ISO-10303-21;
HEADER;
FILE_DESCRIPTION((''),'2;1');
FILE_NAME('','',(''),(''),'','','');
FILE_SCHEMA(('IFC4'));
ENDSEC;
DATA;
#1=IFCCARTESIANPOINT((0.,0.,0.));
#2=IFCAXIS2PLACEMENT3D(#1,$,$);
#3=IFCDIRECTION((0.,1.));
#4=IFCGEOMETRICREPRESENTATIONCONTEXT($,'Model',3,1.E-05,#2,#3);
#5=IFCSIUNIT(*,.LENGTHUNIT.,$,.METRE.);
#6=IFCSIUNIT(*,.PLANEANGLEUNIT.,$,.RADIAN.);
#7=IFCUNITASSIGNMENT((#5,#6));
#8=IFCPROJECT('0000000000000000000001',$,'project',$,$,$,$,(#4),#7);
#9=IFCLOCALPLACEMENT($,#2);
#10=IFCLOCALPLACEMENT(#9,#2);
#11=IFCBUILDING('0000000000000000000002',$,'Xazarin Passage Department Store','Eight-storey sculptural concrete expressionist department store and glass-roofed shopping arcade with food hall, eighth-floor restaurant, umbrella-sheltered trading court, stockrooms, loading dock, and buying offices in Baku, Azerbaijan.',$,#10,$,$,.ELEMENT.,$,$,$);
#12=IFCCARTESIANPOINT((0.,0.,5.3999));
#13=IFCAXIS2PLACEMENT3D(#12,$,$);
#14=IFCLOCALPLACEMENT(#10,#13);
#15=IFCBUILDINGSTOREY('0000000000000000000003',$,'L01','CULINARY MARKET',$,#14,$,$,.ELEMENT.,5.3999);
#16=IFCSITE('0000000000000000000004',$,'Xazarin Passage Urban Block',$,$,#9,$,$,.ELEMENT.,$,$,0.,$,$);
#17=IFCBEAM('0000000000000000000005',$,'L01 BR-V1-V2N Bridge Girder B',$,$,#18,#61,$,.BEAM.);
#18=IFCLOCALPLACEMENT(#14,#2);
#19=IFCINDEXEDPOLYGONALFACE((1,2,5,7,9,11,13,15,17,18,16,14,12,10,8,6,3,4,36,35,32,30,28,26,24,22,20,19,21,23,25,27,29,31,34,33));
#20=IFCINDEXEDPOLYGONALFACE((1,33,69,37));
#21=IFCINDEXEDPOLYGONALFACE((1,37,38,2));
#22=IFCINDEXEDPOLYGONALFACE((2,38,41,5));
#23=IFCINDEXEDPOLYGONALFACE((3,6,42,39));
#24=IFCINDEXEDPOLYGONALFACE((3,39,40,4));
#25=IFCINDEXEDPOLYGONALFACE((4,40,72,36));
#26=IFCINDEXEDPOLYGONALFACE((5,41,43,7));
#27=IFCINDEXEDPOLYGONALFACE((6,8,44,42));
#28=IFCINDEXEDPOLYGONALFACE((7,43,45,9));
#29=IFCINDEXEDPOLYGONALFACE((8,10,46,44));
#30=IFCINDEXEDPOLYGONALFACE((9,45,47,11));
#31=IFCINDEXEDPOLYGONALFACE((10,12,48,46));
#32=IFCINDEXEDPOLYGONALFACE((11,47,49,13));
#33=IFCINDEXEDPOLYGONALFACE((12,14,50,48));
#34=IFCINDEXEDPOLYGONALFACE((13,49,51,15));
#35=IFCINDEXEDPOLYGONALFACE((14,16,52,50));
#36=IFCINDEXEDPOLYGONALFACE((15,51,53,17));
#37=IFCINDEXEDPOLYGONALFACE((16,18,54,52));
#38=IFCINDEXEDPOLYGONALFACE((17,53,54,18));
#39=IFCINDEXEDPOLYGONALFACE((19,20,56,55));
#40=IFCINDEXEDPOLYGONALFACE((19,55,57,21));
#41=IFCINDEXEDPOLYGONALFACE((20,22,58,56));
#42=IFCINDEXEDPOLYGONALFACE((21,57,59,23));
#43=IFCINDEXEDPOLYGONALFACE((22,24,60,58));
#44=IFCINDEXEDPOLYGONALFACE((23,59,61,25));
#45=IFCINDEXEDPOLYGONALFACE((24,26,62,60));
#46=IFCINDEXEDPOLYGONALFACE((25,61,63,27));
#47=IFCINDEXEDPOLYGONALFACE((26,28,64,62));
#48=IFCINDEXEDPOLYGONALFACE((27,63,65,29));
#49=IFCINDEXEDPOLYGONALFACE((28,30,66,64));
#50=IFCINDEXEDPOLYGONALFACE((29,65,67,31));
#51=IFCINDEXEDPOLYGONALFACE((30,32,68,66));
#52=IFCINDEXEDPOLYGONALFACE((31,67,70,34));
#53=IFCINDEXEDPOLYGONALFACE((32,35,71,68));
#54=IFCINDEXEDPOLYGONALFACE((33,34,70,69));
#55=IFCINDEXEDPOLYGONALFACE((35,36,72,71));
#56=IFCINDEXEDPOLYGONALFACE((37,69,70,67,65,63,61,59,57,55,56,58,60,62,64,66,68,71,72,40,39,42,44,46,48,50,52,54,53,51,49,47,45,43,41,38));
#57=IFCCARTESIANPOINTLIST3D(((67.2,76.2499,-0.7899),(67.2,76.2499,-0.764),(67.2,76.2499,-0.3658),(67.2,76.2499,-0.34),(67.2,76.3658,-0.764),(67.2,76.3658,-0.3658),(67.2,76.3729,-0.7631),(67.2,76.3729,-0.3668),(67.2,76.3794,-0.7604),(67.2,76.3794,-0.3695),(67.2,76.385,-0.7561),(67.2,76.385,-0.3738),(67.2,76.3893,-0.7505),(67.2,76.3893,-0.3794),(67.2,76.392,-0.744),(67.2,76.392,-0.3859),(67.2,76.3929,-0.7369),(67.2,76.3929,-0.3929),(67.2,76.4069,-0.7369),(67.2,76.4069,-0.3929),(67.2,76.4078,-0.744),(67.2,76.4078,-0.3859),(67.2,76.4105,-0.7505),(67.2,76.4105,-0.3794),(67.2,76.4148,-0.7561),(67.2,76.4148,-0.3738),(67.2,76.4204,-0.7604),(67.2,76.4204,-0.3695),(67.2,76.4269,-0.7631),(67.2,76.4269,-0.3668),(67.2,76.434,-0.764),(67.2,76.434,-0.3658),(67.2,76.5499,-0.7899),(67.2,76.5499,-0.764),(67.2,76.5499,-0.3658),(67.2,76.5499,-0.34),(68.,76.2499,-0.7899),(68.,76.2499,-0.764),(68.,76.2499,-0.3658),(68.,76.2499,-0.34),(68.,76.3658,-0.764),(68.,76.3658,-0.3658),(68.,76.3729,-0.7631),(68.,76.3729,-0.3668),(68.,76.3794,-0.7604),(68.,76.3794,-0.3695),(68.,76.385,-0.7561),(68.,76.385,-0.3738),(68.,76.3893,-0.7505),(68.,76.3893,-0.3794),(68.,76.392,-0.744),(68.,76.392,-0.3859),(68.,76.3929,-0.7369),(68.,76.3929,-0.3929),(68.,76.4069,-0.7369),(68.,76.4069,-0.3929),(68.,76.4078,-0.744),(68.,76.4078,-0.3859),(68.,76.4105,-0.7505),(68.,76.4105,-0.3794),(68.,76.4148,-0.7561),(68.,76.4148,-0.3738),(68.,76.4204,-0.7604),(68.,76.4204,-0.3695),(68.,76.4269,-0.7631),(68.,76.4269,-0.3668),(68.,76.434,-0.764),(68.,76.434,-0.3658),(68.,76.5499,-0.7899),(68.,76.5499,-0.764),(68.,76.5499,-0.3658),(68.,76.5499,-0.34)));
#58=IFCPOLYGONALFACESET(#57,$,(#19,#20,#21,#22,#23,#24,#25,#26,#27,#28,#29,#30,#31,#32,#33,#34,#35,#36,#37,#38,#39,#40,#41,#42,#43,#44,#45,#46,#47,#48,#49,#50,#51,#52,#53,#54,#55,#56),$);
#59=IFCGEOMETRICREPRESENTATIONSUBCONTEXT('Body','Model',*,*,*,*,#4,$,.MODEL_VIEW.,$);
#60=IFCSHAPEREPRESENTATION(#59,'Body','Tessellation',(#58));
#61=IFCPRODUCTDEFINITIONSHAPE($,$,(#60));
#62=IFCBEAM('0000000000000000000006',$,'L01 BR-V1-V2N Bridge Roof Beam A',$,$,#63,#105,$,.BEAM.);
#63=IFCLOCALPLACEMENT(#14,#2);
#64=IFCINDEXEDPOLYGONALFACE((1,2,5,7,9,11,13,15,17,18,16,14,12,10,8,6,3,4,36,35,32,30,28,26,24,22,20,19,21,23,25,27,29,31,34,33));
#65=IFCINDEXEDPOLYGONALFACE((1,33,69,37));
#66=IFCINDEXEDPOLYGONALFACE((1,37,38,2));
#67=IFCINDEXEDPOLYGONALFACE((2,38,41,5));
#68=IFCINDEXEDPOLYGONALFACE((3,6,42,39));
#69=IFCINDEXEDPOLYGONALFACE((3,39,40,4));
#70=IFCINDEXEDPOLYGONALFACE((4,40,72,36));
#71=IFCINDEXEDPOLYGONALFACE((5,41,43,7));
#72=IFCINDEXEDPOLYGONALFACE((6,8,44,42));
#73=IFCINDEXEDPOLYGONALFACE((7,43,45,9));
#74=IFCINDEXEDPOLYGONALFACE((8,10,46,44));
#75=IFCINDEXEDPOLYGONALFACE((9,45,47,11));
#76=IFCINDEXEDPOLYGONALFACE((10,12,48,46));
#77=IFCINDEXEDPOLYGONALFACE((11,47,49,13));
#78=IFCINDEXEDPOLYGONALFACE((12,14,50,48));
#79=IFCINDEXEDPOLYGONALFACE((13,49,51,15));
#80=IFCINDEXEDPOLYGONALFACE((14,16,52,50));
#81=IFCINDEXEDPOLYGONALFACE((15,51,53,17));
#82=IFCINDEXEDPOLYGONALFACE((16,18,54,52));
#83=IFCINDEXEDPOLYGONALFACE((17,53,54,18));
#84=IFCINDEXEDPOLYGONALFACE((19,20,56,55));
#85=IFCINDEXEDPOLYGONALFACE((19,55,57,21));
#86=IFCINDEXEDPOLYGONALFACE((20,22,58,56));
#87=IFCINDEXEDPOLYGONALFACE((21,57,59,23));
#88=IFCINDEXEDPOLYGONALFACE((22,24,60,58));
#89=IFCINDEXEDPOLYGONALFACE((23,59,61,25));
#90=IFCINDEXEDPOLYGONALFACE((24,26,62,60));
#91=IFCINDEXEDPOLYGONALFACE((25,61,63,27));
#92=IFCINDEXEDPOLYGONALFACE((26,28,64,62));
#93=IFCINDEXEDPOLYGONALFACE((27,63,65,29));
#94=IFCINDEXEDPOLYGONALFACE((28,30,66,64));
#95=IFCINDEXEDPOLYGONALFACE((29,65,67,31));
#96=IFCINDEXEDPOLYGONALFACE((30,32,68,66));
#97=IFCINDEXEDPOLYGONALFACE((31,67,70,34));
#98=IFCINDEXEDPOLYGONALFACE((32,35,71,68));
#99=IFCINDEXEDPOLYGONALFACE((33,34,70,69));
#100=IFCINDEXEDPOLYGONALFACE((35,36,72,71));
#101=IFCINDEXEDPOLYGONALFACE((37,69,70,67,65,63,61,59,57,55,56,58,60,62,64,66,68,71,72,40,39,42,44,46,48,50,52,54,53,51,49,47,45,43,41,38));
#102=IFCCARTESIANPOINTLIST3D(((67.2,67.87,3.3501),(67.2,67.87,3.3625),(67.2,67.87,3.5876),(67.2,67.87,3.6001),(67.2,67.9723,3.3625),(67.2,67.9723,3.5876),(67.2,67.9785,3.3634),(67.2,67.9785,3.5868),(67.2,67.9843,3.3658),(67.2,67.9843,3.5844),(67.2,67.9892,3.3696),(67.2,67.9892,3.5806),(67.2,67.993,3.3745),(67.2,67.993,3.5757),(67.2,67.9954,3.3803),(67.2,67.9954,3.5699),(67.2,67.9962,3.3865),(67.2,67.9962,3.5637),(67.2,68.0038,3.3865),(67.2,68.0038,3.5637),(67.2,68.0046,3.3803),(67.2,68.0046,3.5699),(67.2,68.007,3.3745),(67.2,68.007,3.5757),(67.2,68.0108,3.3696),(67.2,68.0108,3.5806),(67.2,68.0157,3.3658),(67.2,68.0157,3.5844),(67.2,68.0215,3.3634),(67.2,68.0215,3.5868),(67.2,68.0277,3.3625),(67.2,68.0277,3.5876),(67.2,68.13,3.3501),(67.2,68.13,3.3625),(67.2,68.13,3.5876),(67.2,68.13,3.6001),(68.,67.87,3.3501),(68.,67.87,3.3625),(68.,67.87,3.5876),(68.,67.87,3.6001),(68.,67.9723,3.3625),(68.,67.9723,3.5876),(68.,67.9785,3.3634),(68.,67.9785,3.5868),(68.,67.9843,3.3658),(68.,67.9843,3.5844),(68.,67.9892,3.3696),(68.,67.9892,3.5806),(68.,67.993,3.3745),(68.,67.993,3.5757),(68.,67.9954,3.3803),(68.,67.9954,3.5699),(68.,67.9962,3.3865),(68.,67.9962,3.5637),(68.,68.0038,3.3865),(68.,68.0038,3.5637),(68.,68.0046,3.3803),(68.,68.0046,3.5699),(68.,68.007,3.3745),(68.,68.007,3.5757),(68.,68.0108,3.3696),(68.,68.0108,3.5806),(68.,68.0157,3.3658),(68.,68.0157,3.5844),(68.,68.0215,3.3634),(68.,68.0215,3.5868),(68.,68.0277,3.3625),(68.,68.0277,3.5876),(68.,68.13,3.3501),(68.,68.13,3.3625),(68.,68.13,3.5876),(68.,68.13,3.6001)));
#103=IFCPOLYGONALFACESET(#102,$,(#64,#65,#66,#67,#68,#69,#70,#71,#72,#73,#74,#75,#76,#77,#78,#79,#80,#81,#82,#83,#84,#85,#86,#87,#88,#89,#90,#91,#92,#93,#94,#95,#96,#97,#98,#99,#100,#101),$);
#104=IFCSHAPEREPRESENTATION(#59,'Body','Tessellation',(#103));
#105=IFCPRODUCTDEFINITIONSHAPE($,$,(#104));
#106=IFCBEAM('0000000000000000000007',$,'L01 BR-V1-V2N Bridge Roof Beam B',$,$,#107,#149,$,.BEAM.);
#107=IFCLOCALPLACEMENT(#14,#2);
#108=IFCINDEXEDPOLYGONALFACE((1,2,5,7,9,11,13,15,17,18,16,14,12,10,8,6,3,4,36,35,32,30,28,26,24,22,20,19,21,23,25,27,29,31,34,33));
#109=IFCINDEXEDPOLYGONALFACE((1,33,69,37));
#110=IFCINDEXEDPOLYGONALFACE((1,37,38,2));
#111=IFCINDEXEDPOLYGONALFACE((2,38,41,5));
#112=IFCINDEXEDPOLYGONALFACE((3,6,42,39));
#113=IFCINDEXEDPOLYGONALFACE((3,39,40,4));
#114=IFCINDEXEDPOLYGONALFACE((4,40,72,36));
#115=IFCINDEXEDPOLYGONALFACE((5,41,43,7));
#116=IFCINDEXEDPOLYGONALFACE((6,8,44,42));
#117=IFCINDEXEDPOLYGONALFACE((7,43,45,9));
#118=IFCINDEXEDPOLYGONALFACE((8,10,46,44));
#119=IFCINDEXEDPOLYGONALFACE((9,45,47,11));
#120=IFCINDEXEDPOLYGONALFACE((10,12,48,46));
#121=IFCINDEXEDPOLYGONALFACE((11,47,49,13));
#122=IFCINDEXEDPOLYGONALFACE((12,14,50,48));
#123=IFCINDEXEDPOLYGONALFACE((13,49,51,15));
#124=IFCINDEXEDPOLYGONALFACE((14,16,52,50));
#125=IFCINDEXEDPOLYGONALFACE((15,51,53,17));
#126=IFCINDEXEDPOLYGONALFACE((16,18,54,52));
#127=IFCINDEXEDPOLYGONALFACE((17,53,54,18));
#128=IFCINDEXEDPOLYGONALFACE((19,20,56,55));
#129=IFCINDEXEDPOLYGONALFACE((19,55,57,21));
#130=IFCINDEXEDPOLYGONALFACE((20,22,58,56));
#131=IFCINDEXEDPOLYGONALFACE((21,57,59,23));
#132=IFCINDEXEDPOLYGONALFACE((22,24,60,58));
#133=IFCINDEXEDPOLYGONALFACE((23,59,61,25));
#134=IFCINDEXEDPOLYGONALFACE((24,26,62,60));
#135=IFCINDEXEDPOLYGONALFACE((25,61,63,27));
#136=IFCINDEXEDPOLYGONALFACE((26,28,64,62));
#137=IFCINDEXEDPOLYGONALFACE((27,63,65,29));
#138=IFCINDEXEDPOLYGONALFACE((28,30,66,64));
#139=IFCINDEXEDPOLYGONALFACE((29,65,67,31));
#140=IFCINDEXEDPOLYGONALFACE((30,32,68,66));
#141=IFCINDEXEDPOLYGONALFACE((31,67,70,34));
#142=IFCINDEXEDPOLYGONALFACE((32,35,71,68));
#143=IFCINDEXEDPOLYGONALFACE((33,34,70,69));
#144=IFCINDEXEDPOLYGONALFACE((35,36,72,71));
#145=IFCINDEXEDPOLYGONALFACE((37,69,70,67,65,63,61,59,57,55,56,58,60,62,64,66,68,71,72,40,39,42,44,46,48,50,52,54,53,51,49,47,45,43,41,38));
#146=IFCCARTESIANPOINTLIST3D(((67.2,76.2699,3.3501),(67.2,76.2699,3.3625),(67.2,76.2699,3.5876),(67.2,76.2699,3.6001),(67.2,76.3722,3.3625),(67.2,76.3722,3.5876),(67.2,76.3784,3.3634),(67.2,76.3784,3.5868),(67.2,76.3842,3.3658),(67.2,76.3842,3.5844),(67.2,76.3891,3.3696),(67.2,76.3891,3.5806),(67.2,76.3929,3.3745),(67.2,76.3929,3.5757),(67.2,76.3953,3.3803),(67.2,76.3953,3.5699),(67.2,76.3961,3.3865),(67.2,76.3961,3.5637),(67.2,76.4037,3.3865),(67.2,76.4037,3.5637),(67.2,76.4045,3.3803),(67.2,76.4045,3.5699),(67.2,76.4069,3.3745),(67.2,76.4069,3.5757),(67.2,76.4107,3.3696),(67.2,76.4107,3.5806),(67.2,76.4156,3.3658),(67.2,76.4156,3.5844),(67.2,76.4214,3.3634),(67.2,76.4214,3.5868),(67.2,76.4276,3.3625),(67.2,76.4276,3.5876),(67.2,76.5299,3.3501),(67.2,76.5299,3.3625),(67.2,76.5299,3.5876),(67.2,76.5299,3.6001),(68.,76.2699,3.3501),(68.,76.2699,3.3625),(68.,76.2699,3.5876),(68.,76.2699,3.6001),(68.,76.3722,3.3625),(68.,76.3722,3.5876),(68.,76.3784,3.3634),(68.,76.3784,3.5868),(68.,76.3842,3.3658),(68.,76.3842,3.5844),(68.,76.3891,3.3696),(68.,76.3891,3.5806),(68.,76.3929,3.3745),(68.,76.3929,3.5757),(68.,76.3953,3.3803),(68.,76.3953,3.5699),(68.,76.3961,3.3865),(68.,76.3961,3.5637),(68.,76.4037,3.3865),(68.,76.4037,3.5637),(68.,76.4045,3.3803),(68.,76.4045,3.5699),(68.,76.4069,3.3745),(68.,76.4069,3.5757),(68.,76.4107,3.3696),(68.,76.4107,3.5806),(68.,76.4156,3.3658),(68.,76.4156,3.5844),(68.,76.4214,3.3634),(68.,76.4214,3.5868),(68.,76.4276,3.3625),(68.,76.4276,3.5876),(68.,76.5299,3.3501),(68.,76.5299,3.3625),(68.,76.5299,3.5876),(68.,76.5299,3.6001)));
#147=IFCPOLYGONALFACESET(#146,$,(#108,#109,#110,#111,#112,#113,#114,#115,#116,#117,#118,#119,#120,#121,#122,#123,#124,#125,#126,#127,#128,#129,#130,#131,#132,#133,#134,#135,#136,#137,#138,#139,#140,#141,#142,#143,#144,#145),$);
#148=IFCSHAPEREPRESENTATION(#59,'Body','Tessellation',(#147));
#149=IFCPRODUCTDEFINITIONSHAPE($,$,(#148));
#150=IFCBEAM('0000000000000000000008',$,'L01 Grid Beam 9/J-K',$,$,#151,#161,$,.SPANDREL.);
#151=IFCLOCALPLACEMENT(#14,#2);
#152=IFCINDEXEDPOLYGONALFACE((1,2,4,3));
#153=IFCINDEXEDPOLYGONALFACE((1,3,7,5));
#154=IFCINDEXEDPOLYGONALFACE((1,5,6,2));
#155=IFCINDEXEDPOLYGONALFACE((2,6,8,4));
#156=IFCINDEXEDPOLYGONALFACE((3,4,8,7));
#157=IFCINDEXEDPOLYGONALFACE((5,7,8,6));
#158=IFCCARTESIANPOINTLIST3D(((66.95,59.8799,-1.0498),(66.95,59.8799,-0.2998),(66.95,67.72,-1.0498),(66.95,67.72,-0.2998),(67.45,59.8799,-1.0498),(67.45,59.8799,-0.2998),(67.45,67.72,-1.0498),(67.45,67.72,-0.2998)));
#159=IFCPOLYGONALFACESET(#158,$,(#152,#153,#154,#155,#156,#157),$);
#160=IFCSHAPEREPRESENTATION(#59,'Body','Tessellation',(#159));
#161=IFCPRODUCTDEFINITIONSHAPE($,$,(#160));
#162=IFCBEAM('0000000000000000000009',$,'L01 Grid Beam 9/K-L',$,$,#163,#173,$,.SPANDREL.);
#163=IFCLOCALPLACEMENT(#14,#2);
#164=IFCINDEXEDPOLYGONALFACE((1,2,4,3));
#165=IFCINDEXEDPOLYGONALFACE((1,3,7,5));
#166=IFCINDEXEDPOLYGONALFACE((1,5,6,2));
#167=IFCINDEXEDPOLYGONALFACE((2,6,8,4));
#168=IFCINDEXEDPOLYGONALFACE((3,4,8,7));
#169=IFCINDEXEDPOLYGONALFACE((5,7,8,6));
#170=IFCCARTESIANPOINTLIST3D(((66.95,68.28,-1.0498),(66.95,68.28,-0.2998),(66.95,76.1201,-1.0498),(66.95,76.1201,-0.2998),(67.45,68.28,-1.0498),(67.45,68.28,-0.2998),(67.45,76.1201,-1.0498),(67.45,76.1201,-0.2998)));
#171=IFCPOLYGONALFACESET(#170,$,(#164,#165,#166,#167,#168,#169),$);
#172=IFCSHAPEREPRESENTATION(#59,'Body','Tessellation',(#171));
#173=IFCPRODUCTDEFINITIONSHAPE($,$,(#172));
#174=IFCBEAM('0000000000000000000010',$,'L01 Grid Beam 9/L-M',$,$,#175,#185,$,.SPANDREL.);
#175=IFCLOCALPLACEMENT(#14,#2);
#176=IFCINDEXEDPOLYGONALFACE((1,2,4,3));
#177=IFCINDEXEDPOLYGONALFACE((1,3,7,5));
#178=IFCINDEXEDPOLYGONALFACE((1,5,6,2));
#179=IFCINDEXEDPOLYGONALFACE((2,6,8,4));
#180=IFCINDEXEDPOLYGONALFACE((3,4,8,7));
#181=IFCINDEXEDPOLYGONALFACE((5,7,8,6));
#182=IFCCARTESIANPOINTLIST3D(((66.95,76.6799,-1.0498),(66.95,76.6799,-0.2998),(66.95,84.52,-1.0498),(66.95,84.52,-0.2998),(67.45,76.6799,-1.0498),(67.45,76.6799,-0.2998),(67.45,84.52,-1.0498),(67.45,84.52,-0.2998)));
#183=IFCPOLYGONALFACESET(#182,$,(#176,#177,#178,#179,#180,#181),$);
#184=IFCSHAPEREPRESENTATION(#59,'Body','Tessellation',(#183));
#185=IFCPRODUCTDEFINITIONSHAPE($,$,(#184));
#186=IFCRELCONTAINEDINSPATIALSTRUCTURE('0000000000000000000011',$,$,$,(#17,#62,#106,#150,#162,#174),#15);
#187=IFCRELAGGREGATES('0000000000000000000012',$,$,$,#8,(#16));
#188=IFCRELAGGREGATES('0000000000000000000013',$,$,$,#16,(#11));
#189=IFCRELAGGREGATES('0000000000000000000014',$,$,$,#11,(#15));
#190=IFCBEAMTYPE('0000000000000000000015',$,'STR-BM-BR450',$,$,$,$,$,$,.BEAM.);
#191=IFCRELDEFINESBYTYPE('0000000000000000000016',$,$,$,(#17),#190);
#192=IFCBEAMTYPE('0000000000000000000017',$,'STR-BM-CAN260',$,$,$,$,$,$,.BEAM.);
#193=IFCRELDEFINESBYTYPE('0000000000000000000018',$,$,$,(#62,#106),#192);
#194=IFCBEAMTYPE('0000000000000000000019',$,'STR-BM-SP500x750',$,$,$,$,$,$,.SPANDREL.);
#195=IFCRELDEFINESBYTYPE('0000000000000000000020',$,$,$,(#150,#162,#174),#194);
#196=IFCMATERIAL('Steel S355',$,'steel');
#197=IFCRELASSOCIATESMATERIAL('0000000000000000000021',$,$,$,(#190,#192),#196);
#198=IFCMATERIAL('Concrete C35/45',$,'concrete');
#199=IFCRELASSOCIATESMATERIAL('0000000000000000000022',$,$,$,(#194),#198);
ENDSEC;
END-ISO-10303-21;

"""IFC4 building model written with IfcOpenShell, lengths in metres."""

from ifc_helpers import new_model, si_unit, direction, frame, origin, origin_2d, place, context, subcontext, project, spatial, rectangle, i_section, extrude, material, material_profile, profile_set, type_object, element, save


model = new_model("IFC4")

# Units and contexts
model_context = context("Model", 3, precision=1e-05, world=origin(), true_north=direction((0.0, 1.0)))
body_context = subcontext(model_context, "Body", "Model", "MODEL_VIEW")
ifc_project = project(units=[si_unit("LENGTHUNIT", "METRE"), si_unit("PLANEANGLEUNIT", "RADIAN")], contexts=[model_context])

# Site, building, storey
site_placement = place(None, origin())
site = spatial("IfcSite", under=ifc_project, at=site_placement, Name="Xazarin Passage Urban Block", CompositionType="ELEMENT", RefElevation=0.0)
building_placement = place(site_placement, origin())
building = spatial("IfcBuilding", under=site, at=building_placement, Name="Xazarin Passage Department Store", Description="Eight-storey sculptural concrete expressionist department store and glass-roofed shopping arcade with food hall, eighth-floor restaurant, umbrella-sheltered trading court, stockrooms, loading dock, and buying offices in Baku, Azerbaijan.", CompositionType="ELEMENT")
storey_placement = place(building_placement, frame((0.0, 0.0, 5.3999)))
storey = spatial("IfcBuildingStorey", under=building, at=storey_placement, Name="L01", Description="CULINARY MARKET", CompositionType="ELEMENT", Elevation=5.3999)

# Beams
ifc_material_1 = material(Name="Steel S355", Category="steel")
ifc_material_profile_1 = material_profile(ifc_material_1, i_section(OverallWidth=0.3, OverallDepth=0.45, WebThickness=0.0139, FlangeThickness=0.0259, FilletRadius=0.0271, at=origin_2d()), Name="HEB 450")
ifc_profile_set_1 = profile_set([ifc_material_profile_1], Name="Steel S355")
beam_type_1 = type_object("IfcBeamType", Name="STR-BM-BR450", PredefinedType="BEAM", material=ifc_profile_set_1)
for number, where, z_axis, x_axis, name in (
    (1, (67.2, 76.3999, -0.5649), (1.0, 0.0, 0.0), (0.0, 1.0, 0.0), "L01 BR-V1-V2N Bridge Girder B"),
):
    element("IfcBeam", number, at=place(storey_placement, frame(where, z_axis=z_axis, x_axis=x_axis)), inside=storey, type_object=beam_type_1, Name=name, PredefinedType="BEAM", context=body_context, shape_type="SweptSolid", body=[
        extrude(i_section(OverallWidth=0.3, OverallDepth=0.45, WebThickness=0.0139, FlangeThickness=0.0259, FilletRadius=0.0271, at=origin_2d()), origin(), (0.0, 0.0, 1.0), 0.8),
    ])
ifc_material_profile_2 = material_profile(ifc_material_1, i_section(OverallWidth=0.26, OverallDepth=0.25, WebThickness=0.0076, FlangeThickness=0.0125, FilletRadius=0.0239, at=origin_2d()), Name="HEA 260")
ifc_profile_set_2 = profile_set([ifc_material_profile_2], Name="Steel S355")
beam_type_2 = type_object("IfcBeamType", Name="STR-BM-CAN260", PredefinedType="BEAM", material=ifc_profile_set_2)
for number, where, z_axis, x_axis, name in (
    (2, (67.2, 68.0, 3.4751), (1.0, 0.0, 0.0), (0.0, 1.0, 0.0), "L01 BR-V1-V2N Bridge Roof Beam A"),
    (3, (67.2, 76.3999, 3.4751), (1.0, 0.0, 0.0), (0.0, 1.0, 0.0), "L01 BR-V1-V2N Bridge Roof Beam B"),
):
    element("IfcBeam", number, at=place(storey_placement, frame(where, z_axis=z_axis, x_axis=x_axis)), inside=storey, type_object=beam_type_2, Name=name, PredefinedType="BEAM", context=body_context, shape_type="SweptSolid", body=[
        extrude(i_section(OverallWidth=0.26, OverallDepth=0.25, WebThickness=0.0076, FlangeThickness=0.0125, FilletRadius=0.0239, at=origin_2d()), origin(), (0.0, 0.0, 1.0), 0.8),
    ])
ifc_material_2 = material(Name="Concrete C35/45", Category="concrete")
ifc_material_profile_3 = material_profile(ifc_material_2, rectangle(XDim=0.5, YDim=0.75, at=origin_2d()), Name="RC 500x750")
ifc_profile_set_3 = profile_set([ifc_material_profile_3], Name="Concrete C35/45")
beam_type_3 = type_object("IfcBeamType", Name="STR-BM-SP500x750", PredefinedType="SPANDREL", material=ifc_profile_set_3)
for number, where, z_axis, x_axis, name in (
    (4, (67.2, 59.8799, -0.6748), (0.0, 1.0, 0.0), (-1.0, 0.0, 0.0), "L01 Grid Beam 9/J-K"),
    (5, (67.2, 68.28, -0.6748), (0.0, 1.0, 0.0), (-1.0, 0.0, 0.0), "L01 Grid Beam 9/K-L"),
    (6, (67.2, 76.6799, -0.6748), (0.0, 1.0, 0.0), (-1.0, 0.0, 0.0), "L01 Grid Beam 9/L-M"),
):
    element("IfcBeam", number, at=place(storey_placement, frame(where, z_axis=z_axis, x_axis=x_axis)), inside=storey, type_object=beam_type_3, Name=name, PredefinedType="SPANDREL", context=body_context, shape_type="SweptSolid", body=[
        extrude(rectangle(XDim=0.5, YDim=0.75, at=origin_2d()), origin(), (0.0, 0.0, 1.0), 7.8401),
    ])

save(model, "model.ifc")
